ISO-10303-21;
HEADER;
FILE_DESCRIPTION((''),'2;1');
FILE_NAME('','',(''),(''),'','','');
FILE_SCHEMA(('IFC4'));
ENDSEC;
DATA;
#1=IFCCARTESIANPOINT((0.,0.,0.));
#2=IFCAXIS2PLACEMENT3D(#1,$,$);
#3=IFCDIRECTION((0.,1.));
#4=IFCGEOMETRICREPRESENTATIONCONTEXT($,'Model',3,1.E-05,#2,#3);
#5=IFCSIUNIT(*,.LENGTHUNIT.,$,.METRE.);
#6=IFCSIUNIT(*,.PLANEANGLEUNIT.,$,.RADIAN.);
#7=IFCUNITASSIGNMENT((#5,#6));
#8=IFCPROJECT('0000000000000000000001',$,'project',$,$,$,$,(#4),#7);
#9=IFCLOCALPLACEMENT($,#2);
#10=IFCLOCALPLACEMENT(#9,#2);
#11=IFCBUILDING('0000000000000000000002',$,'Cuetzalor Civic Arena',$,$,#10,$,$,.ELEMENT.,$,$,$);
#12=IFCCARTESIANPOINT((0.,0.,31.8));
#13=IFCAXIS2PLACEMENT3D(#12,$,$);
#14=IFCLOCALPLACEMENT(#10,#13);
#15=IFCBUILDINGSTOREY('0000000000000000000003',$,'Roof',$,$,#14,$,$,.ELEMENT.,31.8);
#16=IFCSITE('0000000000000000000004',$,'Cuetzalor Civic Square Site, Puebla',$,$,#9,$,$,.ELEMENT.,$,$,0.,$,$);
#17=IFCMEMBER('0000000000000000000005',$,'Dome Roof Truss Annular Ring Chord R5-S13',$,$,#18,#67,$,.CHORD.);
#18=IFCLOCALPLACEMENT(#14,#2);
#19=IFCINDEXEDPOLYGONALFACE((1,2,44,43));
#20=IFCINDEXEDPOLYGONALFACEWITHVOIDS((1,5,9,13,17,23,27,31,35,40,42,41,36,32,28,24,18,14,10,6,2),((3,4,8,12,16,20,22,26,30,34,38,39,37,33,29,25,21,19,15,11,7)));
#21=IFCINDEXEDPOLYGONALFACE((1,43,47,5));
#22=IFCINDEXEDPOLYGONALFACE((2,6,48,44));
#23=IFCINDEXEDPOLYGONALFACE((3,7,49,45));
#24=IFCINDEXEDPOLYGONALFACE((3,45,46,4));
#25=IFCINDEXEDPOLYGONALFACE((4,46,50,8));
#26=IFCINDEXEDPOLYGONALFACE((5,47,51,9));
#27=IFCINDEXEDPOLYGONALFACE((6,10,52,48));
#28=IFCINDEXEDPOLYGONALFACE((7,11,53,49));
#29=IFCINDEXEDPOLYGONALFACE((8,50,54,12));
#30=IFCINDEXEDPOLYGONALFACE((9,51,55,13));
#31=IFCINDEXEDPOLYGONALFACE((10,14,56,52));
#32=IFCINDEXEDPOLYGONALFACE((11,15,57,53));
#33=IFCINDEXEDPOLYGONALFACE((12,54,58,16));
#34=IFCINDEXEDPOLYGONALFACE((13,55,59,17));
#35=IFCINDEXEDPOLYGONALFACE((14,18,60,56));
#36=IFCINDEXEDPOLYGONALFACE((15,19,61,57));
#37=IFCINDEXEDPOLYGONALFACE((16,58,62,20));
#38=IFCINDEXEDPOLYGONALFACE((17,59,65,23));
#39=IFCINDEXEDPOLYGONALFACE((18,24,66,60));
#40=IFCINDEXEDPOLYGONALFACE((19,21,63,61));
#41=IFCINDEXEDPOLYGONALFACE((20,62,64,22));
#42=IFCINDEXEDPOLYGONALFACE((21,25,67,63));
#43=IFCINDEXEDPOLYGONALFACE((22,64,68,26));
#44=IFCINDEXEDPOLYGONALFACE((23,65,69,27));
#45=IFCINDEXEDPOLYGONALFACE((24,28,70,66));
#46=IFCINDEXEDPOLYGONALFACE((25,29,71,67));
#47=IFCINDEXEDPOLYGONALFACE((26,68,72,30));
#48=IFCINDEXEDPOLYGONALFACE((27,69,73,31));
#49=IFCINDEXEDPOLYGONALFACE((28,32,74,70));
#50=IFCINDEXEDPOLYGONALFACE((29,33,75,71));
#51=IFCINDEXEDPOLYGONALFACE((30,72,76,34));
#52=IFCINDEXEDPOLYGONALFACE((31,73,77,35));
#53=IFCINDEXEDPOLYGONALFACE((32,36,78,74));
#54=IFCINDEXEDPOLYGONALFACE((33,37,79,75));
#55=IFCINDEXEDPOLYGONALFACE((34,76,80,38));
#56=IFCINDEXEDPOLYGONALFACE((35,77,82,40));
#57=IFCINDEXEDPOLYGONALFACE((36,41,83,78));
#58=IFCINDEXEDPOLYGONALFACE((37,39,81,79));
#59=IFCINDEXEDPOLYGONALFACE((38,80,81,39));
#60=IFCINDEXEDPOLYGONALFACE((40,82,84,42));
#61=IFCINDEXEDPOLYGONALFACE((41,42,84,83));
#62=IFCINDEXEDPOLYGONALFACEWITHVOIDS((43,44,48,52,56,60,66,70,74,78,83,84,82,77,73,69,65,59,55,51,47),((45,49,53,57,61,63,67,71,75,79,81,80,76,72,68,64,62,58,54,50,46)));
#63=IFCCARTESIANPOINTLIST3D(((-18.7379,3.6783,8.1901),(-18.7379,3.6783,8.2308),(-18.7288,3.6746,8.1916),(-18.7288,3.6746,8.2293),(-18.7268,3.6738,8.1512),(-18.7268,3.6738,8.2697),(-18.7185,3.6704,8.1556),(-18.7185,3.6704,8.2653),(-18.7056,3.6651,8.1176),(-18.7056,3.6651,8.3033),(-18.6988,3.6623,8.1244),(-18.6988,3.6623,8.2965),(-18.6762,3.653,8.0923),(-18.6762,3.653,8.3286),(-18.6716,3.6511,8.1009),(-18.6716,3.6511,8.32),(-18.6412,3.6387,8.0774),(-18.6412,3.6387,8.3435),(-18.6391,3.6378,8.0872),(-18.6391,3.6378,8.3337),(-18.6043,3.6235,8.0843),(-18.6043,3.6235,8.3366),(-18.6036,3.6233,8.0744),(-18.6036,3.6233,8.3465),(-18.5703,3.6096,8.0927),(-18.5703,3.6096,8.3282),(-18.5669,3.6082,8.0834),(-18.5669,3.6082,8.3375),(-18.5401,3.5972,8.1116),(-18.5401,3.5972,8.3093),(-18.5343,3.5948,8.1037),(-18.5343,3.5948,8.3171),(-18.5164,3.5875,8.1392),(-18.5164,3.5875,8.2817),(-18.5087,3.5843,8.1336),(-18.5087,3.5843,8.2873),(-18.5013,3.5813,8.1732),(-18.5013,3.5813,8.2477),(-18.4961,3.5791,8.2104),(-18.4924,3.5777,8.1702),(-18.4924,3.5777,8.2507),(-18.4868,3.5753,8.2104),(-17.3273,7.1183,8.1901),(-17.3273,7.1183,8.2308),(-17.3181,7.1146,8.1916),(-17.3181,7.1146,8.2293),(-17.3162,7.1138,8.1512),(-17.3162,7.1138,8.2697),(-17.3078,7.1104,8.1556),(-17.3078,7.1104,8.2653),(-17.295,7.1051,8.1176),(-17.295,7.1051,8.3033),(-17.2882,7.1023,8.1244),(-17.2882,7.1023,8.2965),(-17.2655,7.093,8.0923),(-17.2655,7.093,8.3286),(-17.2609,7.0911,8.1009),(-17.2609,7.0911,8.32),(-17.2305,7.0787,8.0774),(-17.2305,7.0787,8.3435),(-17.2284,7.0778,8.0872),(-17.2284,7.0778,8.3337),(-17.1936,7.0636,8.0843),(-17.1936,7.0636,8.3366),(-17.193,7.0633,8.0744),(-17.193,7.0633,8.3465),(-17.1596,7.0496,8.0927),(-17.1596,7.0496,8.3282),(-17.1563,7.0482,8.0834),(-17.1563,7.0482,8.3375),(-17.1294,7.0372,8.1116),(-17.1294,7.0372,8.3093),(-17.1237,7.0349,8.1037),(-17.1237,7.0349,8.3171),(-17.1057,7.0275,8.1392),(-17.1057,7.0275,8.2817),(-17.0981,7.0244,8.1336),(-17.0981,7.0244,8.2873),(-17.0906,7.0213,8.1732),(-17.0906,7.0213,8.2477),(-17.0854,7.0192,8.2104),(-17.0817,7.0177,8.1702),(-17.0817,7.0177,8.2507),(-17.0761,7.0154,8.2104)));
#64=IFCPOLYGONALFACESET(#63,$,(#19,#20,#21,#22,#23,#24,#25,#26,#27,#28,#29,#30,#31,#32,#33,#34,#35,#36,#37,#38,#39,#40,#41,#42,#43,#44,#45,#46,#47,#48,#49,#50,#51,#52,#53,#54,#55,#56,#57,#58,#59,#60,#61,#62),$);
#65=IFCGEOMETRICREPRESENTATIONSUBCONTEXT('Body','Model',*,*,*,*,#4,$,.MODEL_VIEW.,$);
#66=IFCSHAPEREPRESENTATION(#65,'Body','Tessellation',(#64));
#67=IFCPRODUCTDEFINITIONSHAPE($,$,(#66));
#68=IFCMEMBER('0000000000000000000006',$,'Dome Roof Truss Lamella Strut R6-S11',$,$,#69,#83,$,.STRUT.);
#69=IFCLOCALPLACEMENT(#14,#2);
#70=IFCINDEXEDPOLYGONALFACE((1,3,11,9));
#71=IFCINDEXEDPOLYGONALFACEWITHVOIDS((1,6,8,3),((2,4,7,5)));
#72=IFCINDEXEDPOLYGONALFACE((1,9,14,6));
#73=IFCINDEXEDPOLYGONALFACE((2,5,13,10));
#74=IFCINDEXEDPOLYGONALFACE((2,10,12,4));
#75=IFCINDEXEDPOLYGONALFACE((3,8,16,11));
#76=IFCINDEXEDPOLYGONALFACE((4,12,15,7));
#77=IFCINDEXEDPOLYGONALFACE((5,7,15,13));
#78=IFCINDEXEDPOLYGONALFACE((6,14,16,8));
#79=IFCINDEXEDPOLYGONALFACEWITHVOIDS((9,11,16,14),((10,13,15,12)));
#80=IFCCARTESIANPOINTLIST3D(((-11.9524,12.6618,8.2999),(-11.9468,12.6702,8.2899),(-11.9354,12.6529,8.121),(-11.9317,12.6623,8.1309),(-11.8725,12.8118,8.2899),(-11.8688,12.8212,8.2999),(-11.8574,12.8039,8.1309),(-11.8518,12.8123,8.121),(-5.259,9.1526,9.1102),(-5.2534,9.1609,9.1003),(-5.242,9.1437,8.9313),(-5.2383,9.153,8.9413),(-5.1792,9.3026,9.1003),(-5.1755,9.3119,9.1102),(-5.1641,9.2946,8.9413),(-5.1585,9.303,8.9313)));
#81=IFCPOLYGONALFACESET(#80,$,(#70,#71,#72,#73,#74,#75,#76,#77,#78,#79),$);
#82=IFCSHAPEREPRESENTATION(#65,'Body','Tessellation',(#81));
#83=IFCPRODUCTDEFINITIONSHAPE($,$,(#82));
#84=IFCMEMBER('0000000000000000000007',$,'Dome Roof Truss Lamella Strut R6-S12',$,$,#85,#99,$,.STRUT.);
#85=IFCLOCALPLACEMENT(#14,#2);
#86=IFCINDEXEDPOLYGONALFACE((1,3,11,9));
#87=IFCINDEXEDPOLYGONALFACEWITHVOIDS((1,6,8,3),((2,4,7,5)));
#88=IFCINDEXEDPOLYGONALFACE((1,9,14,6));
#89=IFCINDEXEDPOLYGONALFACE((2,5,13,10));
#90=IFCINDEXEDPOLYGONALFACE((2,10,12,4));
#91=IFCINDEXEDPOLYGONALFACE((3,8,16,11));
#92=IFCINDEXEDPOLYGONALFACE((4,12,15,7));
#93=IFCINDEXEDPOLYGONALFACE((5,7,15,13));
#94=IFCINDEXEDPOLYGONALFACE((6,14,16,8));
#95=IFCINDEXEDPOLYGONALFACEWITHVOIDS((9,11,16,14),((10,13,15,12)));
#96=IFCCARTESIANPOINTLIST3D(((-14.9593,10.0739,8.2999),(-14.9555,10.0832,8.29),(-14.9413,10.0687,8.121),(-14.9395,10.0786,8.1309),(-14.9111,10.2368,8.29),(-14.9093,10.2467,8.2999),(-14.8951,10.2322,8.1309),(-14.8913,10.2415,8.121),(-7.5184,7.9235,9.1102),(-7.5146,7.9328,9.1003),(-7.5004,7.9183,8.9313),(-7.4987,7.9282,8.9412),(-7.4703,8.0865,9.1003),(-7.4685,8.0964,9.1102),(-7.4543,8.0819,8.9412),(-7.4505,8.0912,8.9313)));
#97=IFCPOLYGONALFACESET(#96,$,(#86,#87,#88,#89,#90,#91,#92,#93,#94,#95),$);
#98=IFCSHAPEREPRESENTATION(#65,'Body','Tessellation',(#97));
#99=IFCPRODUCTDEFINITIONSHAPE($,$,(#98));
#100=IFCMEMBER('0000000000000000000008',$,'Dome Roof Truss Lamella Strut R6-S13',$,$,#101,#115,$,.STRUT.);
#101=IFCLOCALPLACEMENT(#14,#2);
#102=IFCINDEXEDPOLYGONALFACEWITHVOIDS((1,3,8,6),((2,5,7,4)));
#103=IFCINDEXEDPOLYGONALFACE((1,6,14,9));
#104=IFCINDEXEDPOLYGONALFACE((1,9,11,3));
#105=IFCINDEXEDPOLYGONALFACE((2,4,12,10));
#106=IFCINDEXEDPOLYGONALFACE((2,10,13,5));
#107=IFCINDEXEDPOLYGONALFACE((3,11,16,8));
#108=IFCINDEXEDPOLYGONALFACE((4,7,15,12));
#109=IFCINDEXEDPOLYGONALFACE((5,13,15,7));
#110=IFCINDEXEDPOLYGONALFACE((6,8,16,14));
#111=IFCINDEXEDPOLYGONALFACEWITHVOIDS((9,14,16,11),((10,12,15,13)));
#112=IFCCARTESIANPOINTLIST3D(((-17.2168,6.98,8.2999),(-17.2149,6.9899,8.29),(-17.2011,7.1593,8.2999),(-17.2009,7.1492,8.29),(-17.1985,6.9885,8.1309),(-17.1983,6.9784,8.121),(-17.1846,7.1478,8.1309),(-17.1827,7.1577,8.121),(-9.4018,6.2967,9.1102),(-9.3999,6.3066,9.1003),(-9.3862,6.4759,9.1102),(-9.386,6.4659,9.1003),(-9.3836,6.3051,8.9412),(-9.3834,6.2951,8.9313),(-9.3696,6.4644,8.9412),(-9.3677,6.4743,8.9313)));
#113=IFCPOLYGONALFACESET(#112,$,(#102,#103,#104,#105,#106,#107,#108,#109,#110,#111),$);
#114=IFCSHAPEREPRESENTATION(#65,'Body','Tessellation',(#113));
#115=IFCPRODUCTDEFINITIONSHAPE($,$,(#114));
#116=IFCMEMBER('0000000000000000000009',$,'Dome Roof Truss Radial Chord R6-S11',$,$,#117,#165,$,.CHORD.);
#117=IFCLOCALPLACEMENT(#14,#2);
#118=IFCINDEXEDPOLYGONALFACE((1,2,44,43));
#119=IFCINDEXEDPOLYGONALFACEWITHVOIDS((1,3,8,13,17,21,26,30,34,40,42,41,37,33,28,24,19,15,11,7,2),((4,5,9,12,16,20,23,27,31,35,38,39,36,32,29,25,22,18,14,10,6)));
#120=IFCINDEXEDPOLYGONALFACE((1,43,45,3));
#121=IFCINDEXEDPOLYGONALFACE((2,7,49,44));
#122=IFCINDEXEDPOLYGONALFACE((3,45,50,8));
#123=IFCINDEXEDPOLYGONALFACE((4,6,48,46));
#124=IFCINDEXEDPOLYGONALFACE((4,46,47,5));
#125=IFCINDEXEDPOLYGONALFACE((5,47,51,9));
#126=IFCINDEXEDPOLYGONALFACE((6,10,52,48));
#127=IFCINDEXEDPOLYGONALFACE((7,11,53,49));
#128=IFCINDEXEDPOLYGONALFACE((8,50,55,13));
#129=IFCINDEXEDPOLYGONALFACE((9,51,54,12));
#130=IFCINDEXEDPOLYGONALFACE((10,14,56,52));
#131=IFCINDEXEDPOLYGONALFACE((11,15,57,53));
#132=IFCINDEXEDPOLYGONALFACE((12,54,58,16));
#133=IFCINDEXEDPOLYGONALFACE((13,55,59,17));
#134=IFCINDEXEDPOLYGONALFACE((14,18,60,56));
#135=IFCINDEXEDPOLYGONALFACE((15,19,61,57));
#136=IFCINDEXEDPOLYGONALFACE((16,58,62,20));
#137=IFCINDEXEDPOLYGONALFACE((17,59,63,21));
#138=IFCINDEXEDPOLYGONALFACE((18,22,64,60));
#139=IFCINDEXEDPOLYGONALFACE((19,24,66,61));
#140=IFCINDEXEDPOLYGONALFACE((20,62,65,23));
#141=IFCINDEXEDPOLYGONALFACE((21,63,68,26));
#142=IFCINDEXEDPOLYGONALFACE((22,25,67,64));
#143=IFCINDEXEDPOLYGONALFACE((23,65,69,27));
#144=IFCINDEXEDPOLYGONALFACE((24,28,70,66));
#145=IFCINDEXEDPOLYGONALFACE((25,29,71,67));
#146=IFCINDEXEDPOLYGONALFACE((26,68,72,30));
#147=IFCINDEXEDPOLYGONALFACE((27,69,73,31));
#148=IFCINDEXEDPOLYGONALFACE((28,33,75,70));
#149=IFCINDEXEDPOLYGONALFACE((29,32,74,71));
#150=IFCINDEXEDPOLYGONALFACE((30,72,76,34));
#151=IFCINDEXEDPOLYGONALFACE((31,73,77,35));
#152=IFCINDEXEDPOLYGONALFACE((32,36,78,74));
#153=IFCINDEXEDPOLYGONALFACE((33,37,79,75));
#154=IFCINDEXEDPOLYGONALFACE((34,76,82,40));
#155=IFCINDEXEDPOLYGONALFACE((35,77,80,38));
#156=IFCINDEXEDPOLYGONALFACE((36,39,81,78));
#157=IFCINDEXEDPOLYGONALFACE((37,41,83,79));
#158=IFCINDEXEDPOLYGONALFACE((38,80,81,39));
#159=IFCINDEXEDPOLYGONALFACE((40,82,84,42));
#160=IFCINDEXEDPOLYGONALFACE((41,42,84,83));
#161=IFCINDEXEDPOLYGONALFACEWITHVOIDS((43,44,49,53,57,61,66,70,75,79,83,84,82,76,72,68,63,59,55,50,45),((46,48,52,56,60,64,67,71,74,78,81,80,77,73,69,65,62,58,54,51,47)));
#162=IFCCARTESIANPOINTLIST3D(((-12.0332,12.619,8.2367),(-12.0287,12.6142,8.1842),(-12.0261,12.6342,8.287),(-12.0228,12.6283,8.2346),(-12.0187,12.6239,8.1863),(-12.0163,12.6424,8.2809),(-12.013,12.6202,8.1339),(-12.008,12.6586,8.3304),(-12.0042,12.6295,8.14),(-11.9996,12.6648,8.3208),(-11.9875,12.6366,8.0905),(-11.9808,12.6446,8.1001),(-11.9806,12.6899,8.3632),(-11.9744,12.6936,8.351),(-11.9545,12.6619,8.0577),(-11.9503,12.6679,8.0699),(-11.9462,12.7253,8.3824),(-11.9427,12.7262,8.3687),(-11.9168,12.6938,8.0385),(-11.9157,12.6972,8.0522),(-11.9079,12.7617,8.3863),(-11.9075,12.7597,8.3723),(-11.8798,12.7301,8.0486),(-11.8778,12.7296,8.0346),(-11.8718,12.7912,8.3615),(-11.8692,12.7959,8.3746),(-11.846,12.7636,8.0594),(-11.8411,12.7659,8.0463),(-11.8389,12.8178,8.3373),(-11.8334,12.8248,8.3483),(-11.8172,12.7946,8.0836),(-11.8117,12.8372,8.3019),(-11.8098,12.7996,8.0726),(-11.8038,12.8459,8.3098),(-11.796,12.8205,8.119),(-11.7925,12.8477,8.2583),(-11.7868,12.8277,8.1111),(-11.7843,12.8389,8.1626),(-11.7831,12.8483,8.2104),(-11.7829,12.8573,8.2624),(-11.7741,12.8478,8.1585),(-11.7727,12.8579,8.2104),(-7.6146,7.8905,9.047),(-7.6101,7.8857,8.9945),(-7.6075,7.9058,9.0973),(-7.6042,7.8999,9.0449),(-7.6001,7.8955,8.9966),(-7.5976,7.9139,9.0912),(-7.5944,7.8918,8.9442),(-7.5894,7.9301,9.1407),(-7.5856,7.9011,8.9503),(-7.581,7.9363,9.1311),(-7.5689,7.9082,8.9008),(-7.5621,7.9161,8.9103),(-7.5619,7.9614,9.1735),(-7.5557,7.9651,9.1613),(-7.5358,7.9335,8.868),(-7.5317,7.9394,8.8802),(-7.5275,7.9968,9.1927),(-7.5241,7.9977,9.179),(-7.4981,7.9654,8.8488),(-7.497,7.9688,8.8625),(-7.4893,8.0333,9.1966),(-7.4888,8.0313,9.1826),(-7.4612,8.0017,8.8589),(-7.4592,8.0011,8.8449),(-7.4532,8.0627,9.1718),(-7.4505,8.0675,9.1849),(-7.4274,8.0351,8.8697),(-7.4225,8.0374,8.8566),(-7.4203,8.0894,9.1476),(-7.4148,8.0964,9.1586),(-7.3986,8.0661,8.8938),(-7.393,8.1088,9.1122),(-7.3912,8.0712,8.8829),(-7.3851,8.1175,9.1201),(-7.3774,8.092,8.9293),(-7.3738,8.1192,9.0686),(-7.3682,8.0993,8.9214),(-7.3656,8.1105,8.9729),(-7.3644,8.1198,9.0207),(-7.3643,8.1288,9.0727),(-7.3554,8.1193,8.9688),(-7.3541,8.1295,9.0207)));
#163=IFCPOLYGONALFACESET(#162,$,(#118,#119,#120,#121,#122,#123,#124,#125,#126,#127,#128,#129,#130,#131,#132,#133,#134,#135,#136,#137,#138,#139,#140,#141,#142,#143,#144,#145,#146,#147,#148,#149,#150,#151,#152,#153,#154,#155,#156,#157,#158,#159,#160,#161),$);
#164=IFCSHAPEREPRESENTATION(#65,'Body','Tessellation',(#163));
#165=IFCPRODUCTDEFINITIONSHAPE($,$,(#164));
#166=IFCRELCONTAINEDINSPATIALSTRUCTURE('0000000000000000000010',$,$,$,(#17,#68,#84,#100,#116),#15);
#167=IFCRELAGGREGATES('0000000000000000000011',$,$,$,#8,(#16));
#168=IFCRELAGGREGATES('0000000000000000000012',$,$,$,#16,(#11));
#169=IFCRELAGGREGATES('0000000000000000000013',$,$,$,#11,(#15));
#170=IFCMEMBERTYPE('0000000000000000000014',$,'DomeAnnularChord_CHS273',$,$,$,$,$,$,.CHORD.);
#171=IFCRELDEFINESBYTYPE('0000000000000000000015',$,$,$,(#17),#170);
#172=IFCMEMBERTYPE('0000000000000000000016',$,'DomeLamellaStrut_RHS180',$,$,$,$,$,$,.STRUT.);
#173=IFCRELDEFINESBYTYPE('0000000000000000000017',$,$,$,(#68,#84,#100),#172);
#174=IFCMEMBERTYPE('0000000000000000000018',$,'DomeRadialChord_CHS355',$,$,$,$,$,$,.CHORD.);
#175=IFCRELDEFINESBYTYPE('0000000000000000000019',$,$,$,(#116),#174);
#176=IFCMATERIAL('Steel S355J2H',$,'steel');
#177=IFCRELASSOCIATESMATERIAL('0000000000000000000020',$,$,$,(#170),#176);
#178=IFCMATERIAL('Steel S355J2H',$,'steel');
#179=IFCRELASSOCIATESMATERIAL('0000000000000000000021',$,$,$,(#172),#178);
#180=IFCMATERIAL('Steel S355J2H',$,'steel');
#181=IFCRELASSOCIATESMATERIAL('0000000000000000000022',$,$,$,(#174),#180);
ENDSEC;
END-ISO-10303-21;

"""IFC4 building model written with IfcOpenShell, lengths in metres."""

from ifc_helpers import new_model, si_unit, direction, frame, origin, origin_2d, place, context, subcontext, project, spatial, hollow_rectangle, hollow_circle, extrude, material, material_profile, profile_set, type_object, element, save


model = new_model("IFC4")

# Units and contexts
model_context = context("Model", 3, precision=1e-05, world=origin(), true_north=direction((0.0, 1.0)))
body_context = subcontext(model_context, "Body", "Model", "MODEL_VIEW")
ifc_project = project(units=[si_unit("LENGTHUNIT", "METRE"), si_unit("PLANEANGLEUNIT", "RADIAN")], contexts=[model_context])

# Site, building, storey
site_placement = place(None, origin())
site = spatial("IfcSite", under=ifc_project, at=site_placement, Name="Cuetzalor Civic Square Site, Puebla", CompositionType="ELEMENT", RefElevation=0.0)
building_placement = place(site_placement, origin())
building = spatial("IfcBuilding", under=site, at=building_placement, Name="Cuetzalor Civic Arena", CompositionType="ELEMENT")
storey_placement = place(building_placement, frame((0.0, 0.0, 31.8)))
storey = spatial("IfcBuildingStorey", under=building, at=storey_placement, Name="Roof", CompositionType="ELEMENT", Elevation=31.8)

# Members
ifc_material_1 = material(Name="Steel S355J2H", Category="steel")
ifc_material_profile_1 = material_profile(ifc_material_1, hollow_circle(Radius=0.1365, WallThickness=0.01, at=origin_2d()), Name="CHS 273x10")
ifc_profile_set_1 = profile_set([ifc_material_profile_1], Name="Steel S355J2H")
member_type_1 = type_object("IfcMemberType", Name="DomeAnnularChord_CHS273", PredefinedType="CHORD", material=ifc_profile_set_1)
member_1_placement = place(storey_placement, frame((-17.2024, 7.0671, 8.2104), z_axis=(-0.379415, -0.925227, 0.0), x_axis=(0.925227, -0.379415, 0.0)))
element("IfcMember", 1, at=member_1_placement, inside=storey, type_object=member_type_1, Name="Dome Roof Truss Annular Ring Chord R5-S13", PredefinedType="CHORD", context=body_context, shape_type="SweptSolid", body=[
    extrude(hollow_circle(Radius=0.1365, WallThickness=0.01, at=origin_2d()), origin(), (0.0, 0.0, 1.0), 3.718),
])
ifc_material_2 = material(Name="Steel S355J2H", Category="steel")
ifc_material_profile_2 = material_profile(ifc_material_2, hollow_rectangle(XDim=0.1799, YDim=0.1799, WallThickness=0.01, at=origin_2d()), Name="RHS 180x180x10")
ifc_profile_set_2 = profile_set([ifc_material_profile_2], Name="Steel S355J2H")
member_type_2 = type_object("IfcMemberType", Name="DomeLamellaStrut_RHS180", PredefinedType="STRUT", material=ifc_profile_set_2)
member_2_placement = place(storey_placement, frame((-11.9021, 12.7371, 8.2104), z_axis=(0.880609, -0.461696, 0.106607), x_axis=(0.464343, 0.885656, 0.0)))
element("IfcMember", 2, at=member_2_placement, inside=storey, type_object=member_type_2, Name="Dome Roof Truss Lamella Strut R6-S11", PredefinedType="STRUT", context=body_context, shape_type="SweptSolid", body=[
    extrude(hollow_rectangle(XDim=0.1799, YDim=0.1799, WallThickness=0.01, at=origin_2d()), origin(), (0.0, 0.0, 1.0), 7.6008),
])
member_3_placement = place(storey_placement, frame((-14.9253, 10.1577, 8.2104), z_axis=(0.955472, -0.276127, 0.104049), x_axis=(0.277634, 0.960687, 0.0)))
element("IfcMember", 3, at=member_3_placement, inside=storey, type_object=member_type_2, Name="Dome Roof Truss Lamella Strut R6-S12", PredefinedType="STRUT", context=body_context, shape_type="SweptSolid", body=[
    extrude(hollow_rectangle(XDim=0.1799, YDim=0.1799, WallThickness=0.01, at=origin_2d()), origin(), (0.0, 0.0, 1.0), 7.7876),
])
member_4_placement = place(storey_placement, frame((-17.1997, 7.0688, 8.2104), z_axis=(0.990927, -0.086648, 0.102746), x_axis=(0.087109, 0.996199, 0.0)))
element("IfcMember", 4, at=member_4_placement, inside=storey, type_object=member_type_2, Name="Dome Roof Truss Lamella Strut R6-S13", PredefinedType="STRUT", context=body_context, shape_type="SweptSolid", body=[
    extrude(hollow_rectangle(XDim=0.1799, YDim=0.1799, WallThickness=0.01, at=origin_2d()), origin(), (0.0, 0.0, 1.0), 7.8865),
])
ifc_material_3 = material(Name="Steel S355J2H", Category="steel")
ifc_material_profile_3 = material_profile(ifc_material_3, hollow_circle(Radius=0.1777, WallThickness=0.0142, at=origin_2d()), Name="CHS 355.6x14.2")
ifc_profile_set_3 = profile_set([ifc_material_profile_3], Name="Steel S355J2H")
member_type_3 = type_object("IfcMemberType", Name="DomeRadialChord_CHS355", PredefinedType="CHORD", material=ifc_profile_set_3)
member_5_placement = place(storey_placement, frame((-11.9026, 12.7366, 8.2104), z_axis=(0.677476, -0.724977, 0.124236), x_axis=(0.730637, 0.682766, 0.0)))
element("IfcMember", 5, at=member_5_placement, inside=storey, type_object=member_type_3, Name="Dome Roof Truss Radial Chord R6-S11", PredefinedType="CHORD", context=body_context, shape_type="SweptSolid", body=[
    extrude(hollow_circle(Radius=0.1777, WallThickness=0.0142, at=origin_2d()), origin(), (0.0, 0.0, 1.0), 6.5222),
])

save(model, "model.ifc")
